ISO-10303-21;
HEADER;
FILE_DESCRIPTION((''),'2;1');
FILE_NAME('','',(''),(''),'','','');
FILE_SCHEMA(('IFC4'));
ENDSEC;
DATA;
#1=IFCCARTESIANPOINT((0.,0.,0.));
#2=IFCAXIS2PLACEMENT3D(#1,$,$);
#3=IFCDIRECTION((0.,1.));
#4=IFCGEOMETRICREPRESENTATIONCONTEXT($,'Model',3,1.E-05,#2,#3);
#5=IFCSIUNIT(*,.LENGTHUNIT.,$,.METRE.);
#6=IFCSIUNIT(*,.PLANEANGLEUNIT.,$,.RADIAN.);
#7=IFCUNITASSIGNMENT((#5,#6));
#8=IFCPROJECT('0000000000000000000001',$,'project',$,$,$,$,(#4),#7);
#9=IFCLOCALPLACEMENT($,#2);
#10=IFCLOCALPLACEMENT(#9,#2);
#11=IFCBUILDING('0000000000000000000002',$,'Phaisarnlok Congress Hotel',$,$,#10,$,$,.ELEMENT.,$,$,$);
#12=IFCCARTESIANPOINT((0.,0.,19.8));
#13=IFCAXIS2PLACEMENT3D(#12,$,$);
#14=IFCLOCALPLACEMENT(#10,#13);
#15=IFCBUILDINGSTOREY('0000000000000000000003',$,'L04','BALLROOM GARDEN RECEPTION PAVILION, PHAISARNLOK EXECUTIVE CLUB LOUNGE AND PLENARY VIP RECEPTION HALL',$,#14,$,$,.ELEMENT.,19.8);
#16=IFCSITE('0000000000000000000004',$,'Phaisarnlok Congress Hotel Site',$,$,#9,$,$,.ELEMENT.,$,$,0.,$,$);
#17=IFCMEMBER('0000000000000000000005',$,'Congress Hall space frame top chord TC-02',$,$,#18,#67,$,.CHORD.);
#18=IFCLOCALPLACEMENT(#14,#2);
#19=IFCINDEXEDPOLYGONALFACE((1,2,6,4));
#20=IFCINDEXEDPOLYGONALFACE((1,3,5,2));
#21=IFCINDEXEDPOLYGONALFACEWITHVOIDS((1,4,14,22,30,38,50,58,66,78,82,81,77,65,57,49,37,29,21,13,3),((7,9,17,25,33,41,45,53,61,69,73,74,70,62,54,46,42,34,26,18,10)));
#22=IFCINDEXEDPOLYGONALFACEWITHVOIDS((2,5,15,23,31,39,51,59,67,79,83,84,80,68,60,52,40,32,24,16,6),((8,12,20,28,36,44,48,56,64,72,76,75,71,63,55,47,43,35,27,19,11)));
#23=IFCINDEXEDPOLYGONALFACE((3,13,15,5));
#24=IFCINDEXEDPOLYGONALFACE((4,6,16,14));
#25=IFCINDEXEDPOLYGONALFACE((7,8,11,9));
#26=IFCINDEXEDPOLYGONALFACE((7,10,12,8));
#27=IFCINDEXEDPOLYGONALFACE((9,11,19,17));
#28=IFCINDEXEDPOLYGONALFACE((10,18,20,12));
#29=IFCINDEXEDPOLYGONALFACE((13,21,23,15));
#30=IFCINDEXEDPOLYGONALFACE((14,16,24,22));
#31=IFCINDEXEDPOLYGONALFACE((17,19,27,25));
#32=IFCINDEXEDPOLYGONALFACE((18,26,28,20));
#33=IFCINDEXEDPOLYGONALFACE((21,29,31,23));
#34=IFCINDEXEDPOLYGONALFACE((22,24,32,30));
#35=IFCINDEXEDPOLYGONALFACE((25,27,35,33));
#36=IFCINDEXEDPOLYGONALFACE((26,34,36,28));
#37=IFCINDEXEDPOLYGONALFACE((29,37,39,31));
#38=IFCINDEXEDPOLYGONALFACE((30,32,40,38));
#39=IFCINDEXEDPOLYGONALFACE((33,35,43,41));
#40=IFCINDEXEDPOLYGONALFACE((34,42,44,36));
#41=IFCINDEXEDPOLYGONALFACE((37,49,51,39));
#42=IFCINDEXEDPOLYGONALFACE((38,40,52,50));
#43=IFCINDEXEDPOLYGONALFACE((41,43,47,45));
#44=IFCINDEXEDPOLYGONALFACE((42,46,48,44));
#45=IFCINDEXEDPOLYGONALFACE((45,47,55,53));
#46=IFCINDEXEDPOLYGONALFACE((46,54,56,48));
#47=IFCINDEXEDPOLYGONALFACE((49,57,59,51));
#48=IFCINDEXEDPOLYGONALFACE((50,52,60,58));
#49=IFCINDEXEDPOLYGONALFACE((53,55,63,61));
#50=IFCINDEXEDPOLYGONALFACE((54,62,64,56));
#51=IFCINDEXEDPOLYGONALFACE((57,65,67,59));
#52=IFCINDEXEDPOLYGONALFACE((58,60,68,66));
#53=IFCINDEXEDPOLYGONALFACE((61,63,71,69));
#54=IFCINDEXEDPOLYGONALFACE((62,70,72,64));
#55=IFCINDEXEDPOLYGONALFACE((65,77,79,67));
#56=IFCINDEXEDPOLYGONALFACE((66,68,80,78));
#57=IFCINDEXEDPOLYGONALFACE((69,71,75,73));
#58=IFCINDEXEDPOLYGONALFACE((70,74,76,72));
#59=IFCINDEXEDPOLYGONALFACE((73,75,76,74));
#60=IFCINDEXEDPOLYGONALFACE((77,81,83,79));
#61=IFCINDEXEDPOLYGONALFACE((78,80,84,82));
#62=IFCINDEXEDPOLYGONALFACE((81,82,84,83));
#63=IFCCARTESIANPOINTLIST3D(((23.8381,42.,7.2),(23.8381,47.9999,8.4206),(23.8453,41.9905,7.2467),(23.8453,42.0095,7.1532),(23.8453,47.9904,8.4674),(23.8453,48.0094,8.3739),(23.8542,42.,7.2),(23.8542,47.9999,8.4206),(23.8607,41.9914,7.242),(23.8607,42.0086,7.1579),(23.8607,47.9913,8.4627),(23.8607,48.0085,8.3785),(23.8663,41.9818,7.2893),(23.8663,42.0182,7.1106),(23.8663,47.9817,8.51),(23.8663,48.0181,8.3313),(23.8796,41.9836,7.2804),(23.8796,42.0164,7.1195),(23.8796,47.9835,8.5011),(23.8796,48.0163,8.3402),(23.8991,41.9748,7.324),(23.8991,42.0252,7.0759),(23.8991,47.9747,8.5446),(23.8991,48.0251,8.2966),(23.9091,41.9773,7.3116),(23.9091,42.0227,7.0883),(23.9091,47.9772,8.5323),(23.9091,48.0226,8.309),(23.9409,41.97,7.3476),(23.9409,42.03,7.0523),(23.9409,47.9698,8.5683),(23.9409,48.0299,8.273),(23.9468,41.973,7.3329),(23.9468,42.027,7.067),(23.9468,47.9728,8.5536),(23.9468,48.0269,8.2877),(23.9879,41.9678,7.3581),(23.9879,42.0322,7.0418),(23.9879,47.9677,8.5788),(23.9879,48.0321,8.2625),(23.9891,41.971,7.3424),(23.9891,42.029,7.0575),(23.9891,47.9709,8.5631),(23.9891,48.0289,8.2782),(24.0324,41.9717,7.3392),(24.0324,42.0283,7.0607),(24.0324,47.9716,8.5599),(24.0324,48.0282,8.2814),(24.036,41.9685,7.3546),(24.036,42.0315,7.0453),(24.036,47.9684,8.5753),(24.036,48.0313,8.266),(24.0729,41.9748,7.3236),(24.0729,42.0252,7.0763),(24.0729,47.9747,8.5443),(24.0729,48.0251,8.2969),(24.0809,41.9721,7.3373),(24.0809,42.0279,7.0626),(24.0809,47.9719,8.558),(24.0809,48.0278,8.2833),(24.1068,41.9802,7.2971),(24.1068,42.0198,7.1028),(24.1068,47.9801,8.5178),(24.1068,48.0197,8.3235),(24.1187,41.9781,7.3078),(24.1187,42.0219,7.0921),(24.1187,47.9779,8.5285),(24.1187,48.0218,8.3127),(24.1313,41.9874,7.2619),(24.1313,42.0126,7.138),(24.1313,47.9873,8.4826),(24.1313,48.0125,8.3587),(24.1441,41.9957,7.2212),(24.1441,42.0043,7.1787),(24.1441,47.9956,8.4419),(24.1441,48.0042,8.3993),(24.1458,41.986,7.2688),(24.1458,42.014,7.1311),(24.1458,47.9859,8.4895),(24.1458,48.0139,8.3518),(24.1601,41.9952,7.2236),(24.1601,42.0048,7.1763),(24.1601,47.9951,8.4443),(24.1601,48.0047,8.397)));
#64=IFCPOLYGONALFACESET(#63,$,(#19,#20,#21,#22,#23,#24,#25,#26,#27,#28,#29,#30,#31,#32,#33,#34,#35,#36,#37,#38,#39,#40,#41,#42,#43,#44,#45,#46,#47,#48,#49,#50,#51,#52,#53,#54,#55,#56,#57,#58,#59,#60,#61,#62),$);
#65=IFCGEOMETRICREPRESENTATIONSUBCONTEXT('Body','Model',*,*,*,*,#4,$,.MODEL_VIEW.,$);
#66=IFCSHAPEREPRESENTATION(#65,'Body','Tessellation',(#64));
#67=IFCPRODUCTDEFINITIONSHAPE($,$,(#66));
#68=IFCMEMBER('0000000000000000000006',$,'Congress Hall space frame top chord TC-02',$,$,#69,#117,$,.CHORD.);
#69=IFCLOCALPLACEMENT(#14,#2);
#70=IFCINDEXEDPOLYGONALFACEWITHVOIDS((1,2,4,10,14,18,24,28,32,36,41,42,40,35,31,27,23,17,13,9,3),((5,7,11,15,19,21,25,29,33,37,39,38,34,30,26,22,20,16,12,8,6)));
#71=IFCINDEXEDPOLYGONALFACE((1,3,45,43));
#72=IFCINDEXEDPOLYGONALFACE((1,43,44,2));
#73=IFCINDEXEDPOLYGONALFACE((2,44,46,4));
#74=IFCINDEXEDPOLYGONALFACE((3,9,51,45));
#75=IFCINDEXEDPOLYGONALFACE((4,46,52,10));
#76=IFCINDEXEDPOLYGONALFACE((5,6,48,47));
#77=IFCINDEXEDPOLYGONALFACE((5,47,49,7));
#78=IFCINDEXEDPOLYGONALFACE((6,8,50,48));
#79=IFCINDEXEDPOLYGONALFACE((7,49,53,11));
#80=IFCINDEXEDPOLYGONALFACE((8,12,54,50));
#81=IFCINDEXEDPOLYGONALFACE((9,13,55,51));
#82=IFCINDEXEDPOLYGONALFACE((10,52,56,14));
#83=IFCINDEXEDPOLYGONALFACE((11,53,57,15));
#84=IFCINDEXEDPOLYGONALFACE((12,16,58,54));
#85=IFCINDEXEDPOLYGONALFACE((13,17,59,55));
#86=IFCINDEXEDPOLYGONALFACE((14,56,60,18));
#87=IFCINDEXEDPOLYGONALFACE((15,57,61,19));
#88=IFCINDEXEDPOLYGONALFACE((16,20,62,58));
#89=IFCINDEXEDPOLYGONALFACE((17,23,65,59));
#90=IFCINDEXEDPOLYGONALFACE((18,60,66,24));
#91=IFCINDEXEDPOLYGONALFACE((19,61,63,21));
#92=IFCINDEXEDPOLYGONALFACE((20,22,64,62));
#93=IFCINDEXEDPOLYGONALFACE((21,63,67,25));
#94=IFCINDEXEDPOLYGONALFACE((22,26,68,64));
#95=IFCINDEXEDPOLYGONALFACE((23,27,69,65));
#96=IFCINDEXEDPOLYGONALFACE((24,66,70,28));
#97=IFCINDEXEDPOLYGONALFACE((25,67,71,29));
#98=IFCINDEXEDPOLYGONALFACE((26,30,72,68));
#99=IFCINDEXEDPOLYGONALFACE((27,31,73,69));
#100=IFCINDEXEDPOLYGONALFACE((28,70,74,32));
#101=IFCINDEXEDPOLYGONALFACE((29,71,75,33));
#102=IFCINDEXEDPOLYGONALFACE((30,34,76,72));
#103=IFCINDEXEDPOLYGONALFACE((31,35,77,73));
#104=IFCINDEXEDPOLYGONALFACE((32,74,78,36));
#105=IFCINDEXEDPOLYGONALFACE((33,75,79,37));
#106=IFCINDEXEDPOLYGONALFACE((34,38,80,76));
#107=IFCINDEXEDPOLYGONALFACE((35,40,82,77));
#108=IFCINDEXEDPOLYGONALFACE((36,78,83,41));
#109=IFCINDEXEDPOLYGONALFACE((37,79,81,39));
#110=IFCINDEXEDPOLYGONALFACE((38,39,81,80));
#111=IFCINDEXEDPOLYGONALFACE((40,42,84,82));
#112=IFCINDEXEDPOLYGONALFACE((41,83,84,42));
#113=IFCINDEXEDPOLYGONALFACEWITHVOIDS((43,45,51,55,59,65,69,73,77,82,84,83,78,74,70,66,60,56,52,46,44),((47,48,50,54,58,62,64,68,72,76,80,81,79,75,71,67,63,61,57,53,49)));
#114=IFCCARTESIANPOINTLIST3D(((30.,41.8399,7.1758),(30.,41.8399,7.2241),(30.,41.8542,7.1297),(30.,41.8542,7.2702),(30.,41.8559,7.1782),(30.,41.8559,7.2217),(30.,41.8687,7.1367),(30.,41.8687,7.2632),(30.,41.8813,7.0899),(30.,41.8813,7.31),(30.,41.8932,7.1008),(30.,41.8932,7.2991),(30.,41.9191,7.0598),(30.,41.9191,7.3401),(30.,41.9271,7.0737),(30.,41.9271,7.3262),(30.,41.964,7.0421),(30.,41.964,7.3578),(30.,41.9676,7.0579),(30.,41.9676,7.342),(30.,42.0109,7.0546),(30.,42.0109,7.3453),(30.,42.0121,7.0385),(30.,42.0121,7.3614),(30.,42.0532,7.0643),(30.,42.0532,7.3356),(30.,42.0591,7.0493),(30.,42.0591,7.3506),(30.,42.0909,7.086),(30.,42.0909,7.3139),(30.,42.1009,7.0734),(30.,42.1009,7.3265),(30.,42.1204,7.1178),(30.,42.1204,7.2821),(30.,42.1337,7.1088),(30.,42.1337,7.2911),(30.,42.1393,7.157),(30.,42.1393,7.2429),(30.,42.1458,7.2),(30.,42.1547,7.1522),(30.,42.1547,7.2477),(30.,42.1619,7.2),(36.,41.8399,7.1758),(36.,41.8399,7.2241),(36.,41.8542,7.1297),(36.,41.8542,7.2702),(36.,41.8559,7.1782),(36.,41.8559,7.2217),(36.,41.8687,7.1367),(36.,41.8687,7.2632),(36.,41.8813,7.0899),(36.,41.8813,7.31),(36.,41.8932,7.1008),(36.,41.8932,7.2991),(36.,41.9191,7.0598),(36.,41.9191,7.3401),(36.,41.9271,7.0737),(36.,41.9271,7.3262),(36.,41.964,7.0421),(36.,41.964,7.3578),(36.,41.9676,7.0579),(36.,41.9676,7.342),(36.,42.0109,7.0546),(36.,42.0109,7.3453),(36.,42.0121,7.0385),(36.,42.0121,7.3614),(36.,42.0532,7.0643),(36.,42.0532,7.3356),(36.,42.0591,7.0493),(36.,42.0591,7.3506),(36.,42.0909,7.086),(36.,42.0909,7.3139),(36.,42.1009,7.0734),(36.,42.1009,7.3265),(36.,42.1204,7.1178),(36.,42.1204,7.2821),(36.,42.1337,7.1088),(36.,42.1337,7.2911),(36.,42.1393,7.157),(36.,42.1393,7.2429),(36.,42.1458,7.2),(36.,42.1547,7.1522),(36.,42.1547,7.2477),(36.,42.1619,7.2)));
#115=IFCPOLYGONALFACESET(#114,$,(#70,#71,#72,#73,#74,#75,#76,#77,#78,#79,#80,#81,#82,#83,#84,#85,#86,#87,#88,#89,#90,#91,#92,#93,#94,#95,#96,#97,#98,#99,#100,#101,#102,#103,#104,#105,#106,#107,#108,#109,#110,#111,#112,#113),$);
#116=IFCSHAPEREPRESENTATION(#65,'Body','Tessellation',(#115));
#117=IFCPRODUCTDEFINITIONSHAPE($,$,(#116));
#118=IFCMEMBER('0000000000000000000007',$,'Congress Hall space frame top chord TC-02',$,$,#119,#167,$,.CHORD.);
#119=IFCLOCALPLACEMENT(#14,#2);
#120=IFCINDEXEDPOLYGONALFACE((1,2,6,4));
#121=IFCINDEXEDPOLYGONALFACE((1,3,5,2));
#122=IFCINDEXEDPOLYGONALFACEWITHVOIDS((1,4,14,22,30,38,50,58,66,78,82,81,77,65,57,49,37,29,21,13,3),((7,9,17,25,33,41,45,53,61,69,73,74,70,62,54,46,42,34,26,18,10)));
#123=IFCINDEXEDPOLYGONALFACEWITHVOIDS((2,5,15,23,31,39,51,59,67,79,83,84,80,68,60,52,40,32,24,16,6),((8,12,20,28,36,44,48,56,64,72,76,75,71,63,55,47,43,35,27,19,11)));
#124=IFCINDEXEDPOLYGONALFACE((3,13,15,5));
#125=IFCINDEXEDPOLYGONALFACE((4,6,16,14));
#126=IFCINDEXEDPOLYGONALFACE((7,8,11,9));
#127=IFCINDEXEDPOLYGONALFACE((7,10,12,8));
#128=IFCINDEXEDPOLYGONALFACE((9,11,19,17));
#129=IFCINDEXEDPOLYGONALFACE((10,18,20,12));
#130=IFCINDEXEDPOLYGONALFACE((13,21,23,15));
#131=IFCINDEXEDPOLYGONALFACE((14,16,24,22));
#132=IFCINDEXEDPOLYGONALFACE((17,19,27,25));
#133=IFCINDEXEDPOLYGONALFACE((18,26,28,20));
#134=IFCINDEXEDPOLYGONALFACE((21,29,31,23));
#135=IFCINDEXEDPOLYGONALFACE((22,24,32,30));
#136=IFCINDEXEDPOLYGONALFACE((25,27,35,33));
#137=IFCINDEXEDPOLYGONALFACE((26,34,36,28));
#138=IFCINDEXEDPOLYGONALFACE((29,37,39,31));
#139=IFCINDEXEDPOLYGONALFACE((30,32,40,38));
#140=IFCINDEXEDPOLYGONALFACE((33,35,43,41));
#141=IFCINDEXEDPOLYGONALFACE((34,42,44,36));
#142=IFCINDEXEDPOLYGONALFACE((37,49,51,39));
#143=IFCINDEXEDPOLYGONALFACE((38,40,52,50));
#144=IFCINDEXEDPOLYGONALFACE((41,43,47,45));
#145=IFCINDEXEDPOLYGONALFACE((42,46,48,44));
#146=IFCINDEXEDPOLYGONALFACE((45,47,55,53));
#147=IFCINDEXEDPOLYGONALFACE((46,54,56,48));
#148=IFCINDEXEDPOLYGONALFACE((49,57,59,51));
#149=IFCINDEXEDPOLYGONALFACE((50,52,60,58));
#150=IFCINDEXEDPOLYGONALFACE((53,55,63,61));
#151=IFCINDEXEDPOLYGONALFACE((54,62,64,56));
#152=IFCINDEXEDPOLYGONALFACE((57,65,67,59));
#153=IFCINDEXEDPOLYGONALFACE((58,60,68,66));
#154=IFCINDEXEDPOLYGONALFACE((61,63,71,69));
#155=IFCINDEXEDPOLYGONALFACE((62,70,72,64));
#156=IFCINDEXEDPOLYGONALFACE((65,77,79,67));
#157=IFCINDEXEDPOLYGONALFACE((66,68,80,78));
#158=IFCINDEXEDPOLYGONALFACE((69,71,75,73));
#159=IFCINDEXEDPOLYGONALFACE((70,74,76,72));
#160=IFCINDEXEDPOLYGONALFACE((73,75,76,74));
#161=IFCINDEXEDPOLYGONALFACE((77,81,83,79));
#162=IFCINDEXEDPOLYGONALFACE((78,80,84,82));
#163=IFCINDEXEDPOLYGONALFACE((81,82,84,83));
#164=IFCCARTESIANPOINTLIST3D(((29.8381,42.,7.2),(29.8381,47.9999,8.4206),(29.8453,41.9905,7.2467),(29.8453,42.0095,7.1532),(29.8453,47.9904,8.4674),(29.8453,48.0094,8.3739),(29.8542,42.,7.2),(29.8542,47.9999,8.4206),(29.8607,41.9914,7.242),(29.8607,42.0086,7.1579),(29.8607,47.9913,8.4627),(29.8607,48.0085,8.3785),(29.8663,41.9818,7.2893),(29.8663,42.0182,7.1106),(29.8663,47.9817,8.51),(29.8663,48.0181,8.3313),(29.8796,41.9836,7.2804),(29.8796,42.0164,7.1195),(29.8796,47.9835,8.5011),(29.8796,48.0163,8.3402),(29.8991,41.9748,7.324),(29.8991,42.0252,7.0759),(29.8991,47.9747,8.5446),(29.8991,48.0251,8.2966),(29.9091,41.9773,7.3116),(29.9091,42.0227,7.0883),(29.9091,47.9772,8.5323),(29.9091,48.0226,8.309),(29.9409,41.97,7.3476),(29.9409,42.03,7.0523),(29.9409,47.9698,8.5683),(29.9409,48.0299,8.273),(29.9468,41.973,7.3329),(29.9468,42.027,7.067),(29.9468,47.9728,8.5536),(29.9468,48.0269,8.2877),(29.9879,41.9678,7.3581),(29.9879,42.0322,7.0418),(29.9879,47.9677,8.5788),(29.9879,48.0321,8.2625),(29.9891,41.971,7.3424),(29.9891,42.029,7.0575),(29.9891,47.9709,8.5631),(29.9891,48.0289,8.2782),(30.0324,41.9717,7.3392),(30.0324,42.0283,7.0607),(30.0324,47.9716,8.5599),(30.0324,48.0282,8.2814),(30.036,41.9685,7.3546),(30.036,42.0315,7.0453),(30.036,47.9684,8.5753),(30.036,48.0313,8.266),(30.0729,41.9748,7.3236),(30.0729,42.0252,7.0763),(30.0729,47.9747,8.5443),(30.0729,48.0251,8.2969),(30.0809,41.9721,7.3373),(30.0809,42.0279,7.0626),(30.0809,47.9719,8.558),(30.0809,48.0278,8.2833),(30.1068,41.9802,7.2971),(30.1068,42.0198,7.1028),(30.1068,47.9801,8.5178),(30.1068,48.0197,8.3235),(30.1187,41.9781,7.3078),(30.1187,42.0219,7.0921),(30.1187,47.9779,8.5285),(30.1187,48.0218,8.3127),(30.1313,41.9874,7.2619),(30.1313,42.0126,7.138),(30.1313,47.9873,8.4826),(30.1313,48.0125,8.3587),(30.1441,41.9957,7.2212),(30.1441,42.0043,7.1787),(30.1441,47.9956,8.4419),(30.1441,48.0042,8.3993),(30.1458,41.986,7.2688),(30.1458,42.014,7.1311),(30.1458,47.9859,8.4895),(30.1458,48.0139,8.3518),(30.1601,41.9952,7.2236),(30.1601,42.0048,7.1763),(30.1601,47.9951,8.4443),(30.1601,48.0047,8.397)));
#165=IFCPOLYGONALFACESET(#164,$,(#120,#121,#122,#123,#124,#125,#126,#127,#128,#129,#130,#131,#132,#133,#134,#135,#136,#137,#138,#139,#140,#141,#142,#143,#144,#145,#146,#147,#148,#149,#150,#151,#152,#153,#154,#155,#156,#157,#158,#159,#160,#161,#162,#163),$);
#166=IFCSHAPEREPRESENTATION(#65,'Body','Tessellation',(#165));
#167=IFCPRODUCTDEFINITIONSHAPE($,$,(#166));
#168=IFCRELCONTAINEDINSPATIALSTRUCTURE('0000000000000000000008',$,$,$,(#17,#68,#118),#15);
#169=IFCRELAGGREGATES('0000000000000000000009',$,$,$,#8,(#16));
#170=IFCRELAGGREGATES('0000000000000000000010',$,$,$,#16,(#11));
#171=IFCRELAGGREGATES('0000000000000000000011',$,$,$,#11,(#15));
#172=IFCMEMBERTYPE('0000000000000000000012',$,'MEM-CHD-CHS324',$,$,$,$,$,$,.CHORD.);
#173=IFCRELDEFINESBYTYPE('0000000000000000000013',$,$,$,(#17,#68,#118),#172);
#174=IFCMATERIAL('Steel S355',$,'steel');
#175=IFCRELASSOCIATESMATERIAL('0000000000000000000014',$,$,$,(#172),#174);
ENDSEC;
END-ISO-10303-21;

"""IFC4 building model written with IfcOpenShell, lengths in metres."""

from ifc_helpers import new_model, si_unit, direction, frame, origin, origin_2d, place, context, subcontext, project, spatial, hollow_circle, extrude, material, material_profile, profile_set, type_object, element, save


model = new_model("IFC4")

# Units and contexts
model_context = context("Model", 3, precision=1e-05, world=origin(), true_north=direction((0.0, 1.0)))
body_context = subcontext(model_context, "Body", "Model", "MODEL_VIEW")
ifc_project = project(units=[si_unit("LENGTHUNIT", "METRE"), si_unit("PLANEANGLEUNIT", "RADIAN")], contexts=[model_context])

# Site, building, storey
site_placement = place(None, origin())
site = spatial("IfcSite", under=ifc_project, at=site_placement, Name="Phaisarnlok Congress Hotel Site", CompositionType="ELEMENT", RefElevation=0.0)
building_placement = place(site_placement, origin())
building = spatial("IfcBuilding", under=site, at=building_placement, Name="Phaisarnlok Congress Hotel", CompositionType="ELEMENT")
storey_placement = place(building_placement, frame((0.0, 0.0, 19.8)))
storey = spatial("IfcBuildingStorey", under=building, at=storey_placement, Name="L04", Description="BALLROOM GARDEN RECEPTION PAVILION, PHAISARNLOK EXECUTIVE CLUB LOUNGE AND PLENARY VIP RECEPTION HALL", CompositionType="ELEMENT", Elevation=19.8)

# Members
ifc_material_1 = material(Name="Steel S355", Category="steel")
ifc_material_profile_1 = material_profile(ifc_material_1, hollow_circle(Radius=0.1619, WallThickness=0.0161, at=origin_2d()), Name="CHS 323.9x16")
ifc_profile_set_1 = profile_set([ifc_material_profile_1], Name="Steel S355")
member_type_1 = type_object("IfcMemberType", Name="MEM-CHD-CHS324", PredefinedType="CHORD", material=ifc_profile_set_1)
member_1_placement = place(storey_placement, frame((24.0, 42.0, 7.2), z_axis=(0.0, 0.979925, 0.199366), x_axis=(-1.0, 0.0, 0.0)))
element("IfcMember", 1, at=member_1_placement, inside=storey, type_object=member_type_1, Name="Congress Hall space frame top chord TC-02", PredefinedType="CHORD", context=body_context, shape_type="SweptSolid", body=[
    extrude(hollow_circle(Radius=0.1619, WallThickness=0.0161, at=origin_2d()), origin(), (0.0, 0.0, 1.0), 6.1228),
])
member_2_placement = place(storey_placement, frame((30.0, 42.0, 7.2), z_axis=(1.0, 0.0, 0.0), x_axis=(0.0, 1.0, 0.0)))
element("IfcMember", 2, at=member_2_placement, inside=storey, type_object=member_type_1, Name="Congress Hall space frame top chord TC-02", PredefinedType="CHORD", context=body_context, shape_type="SweptSolid", body=[
    extrude(hollow_circle(Radius=0.1619, WallThickness=0.0161, at=origin_2d()), origin(), (0.0, 0.0, 1.0), 6.0),
])
member_3_placement = place(storey_placement, frame((30.0, 42.0, 7.2), z_axis=(0.0, 0.979925, 0.199366), x_axis=(-1.0, 0.0, 0.0)))
element("IfcMember", 3, at=member_3_placement, inside=storey, type_object=member_type_1, Name="Congress Hall space frame top chord TC-02", PredefinedType="CHORD", context=body_context, shape_type="SweptSolid", body=[
    extrude(hollow_circle(Radius=0.1619, WallThickness=0.0161, at=origin_2d()), origin(), (0.0, 0.0, 1.0), 6.1228),
])

save(model, "model.ifc")
